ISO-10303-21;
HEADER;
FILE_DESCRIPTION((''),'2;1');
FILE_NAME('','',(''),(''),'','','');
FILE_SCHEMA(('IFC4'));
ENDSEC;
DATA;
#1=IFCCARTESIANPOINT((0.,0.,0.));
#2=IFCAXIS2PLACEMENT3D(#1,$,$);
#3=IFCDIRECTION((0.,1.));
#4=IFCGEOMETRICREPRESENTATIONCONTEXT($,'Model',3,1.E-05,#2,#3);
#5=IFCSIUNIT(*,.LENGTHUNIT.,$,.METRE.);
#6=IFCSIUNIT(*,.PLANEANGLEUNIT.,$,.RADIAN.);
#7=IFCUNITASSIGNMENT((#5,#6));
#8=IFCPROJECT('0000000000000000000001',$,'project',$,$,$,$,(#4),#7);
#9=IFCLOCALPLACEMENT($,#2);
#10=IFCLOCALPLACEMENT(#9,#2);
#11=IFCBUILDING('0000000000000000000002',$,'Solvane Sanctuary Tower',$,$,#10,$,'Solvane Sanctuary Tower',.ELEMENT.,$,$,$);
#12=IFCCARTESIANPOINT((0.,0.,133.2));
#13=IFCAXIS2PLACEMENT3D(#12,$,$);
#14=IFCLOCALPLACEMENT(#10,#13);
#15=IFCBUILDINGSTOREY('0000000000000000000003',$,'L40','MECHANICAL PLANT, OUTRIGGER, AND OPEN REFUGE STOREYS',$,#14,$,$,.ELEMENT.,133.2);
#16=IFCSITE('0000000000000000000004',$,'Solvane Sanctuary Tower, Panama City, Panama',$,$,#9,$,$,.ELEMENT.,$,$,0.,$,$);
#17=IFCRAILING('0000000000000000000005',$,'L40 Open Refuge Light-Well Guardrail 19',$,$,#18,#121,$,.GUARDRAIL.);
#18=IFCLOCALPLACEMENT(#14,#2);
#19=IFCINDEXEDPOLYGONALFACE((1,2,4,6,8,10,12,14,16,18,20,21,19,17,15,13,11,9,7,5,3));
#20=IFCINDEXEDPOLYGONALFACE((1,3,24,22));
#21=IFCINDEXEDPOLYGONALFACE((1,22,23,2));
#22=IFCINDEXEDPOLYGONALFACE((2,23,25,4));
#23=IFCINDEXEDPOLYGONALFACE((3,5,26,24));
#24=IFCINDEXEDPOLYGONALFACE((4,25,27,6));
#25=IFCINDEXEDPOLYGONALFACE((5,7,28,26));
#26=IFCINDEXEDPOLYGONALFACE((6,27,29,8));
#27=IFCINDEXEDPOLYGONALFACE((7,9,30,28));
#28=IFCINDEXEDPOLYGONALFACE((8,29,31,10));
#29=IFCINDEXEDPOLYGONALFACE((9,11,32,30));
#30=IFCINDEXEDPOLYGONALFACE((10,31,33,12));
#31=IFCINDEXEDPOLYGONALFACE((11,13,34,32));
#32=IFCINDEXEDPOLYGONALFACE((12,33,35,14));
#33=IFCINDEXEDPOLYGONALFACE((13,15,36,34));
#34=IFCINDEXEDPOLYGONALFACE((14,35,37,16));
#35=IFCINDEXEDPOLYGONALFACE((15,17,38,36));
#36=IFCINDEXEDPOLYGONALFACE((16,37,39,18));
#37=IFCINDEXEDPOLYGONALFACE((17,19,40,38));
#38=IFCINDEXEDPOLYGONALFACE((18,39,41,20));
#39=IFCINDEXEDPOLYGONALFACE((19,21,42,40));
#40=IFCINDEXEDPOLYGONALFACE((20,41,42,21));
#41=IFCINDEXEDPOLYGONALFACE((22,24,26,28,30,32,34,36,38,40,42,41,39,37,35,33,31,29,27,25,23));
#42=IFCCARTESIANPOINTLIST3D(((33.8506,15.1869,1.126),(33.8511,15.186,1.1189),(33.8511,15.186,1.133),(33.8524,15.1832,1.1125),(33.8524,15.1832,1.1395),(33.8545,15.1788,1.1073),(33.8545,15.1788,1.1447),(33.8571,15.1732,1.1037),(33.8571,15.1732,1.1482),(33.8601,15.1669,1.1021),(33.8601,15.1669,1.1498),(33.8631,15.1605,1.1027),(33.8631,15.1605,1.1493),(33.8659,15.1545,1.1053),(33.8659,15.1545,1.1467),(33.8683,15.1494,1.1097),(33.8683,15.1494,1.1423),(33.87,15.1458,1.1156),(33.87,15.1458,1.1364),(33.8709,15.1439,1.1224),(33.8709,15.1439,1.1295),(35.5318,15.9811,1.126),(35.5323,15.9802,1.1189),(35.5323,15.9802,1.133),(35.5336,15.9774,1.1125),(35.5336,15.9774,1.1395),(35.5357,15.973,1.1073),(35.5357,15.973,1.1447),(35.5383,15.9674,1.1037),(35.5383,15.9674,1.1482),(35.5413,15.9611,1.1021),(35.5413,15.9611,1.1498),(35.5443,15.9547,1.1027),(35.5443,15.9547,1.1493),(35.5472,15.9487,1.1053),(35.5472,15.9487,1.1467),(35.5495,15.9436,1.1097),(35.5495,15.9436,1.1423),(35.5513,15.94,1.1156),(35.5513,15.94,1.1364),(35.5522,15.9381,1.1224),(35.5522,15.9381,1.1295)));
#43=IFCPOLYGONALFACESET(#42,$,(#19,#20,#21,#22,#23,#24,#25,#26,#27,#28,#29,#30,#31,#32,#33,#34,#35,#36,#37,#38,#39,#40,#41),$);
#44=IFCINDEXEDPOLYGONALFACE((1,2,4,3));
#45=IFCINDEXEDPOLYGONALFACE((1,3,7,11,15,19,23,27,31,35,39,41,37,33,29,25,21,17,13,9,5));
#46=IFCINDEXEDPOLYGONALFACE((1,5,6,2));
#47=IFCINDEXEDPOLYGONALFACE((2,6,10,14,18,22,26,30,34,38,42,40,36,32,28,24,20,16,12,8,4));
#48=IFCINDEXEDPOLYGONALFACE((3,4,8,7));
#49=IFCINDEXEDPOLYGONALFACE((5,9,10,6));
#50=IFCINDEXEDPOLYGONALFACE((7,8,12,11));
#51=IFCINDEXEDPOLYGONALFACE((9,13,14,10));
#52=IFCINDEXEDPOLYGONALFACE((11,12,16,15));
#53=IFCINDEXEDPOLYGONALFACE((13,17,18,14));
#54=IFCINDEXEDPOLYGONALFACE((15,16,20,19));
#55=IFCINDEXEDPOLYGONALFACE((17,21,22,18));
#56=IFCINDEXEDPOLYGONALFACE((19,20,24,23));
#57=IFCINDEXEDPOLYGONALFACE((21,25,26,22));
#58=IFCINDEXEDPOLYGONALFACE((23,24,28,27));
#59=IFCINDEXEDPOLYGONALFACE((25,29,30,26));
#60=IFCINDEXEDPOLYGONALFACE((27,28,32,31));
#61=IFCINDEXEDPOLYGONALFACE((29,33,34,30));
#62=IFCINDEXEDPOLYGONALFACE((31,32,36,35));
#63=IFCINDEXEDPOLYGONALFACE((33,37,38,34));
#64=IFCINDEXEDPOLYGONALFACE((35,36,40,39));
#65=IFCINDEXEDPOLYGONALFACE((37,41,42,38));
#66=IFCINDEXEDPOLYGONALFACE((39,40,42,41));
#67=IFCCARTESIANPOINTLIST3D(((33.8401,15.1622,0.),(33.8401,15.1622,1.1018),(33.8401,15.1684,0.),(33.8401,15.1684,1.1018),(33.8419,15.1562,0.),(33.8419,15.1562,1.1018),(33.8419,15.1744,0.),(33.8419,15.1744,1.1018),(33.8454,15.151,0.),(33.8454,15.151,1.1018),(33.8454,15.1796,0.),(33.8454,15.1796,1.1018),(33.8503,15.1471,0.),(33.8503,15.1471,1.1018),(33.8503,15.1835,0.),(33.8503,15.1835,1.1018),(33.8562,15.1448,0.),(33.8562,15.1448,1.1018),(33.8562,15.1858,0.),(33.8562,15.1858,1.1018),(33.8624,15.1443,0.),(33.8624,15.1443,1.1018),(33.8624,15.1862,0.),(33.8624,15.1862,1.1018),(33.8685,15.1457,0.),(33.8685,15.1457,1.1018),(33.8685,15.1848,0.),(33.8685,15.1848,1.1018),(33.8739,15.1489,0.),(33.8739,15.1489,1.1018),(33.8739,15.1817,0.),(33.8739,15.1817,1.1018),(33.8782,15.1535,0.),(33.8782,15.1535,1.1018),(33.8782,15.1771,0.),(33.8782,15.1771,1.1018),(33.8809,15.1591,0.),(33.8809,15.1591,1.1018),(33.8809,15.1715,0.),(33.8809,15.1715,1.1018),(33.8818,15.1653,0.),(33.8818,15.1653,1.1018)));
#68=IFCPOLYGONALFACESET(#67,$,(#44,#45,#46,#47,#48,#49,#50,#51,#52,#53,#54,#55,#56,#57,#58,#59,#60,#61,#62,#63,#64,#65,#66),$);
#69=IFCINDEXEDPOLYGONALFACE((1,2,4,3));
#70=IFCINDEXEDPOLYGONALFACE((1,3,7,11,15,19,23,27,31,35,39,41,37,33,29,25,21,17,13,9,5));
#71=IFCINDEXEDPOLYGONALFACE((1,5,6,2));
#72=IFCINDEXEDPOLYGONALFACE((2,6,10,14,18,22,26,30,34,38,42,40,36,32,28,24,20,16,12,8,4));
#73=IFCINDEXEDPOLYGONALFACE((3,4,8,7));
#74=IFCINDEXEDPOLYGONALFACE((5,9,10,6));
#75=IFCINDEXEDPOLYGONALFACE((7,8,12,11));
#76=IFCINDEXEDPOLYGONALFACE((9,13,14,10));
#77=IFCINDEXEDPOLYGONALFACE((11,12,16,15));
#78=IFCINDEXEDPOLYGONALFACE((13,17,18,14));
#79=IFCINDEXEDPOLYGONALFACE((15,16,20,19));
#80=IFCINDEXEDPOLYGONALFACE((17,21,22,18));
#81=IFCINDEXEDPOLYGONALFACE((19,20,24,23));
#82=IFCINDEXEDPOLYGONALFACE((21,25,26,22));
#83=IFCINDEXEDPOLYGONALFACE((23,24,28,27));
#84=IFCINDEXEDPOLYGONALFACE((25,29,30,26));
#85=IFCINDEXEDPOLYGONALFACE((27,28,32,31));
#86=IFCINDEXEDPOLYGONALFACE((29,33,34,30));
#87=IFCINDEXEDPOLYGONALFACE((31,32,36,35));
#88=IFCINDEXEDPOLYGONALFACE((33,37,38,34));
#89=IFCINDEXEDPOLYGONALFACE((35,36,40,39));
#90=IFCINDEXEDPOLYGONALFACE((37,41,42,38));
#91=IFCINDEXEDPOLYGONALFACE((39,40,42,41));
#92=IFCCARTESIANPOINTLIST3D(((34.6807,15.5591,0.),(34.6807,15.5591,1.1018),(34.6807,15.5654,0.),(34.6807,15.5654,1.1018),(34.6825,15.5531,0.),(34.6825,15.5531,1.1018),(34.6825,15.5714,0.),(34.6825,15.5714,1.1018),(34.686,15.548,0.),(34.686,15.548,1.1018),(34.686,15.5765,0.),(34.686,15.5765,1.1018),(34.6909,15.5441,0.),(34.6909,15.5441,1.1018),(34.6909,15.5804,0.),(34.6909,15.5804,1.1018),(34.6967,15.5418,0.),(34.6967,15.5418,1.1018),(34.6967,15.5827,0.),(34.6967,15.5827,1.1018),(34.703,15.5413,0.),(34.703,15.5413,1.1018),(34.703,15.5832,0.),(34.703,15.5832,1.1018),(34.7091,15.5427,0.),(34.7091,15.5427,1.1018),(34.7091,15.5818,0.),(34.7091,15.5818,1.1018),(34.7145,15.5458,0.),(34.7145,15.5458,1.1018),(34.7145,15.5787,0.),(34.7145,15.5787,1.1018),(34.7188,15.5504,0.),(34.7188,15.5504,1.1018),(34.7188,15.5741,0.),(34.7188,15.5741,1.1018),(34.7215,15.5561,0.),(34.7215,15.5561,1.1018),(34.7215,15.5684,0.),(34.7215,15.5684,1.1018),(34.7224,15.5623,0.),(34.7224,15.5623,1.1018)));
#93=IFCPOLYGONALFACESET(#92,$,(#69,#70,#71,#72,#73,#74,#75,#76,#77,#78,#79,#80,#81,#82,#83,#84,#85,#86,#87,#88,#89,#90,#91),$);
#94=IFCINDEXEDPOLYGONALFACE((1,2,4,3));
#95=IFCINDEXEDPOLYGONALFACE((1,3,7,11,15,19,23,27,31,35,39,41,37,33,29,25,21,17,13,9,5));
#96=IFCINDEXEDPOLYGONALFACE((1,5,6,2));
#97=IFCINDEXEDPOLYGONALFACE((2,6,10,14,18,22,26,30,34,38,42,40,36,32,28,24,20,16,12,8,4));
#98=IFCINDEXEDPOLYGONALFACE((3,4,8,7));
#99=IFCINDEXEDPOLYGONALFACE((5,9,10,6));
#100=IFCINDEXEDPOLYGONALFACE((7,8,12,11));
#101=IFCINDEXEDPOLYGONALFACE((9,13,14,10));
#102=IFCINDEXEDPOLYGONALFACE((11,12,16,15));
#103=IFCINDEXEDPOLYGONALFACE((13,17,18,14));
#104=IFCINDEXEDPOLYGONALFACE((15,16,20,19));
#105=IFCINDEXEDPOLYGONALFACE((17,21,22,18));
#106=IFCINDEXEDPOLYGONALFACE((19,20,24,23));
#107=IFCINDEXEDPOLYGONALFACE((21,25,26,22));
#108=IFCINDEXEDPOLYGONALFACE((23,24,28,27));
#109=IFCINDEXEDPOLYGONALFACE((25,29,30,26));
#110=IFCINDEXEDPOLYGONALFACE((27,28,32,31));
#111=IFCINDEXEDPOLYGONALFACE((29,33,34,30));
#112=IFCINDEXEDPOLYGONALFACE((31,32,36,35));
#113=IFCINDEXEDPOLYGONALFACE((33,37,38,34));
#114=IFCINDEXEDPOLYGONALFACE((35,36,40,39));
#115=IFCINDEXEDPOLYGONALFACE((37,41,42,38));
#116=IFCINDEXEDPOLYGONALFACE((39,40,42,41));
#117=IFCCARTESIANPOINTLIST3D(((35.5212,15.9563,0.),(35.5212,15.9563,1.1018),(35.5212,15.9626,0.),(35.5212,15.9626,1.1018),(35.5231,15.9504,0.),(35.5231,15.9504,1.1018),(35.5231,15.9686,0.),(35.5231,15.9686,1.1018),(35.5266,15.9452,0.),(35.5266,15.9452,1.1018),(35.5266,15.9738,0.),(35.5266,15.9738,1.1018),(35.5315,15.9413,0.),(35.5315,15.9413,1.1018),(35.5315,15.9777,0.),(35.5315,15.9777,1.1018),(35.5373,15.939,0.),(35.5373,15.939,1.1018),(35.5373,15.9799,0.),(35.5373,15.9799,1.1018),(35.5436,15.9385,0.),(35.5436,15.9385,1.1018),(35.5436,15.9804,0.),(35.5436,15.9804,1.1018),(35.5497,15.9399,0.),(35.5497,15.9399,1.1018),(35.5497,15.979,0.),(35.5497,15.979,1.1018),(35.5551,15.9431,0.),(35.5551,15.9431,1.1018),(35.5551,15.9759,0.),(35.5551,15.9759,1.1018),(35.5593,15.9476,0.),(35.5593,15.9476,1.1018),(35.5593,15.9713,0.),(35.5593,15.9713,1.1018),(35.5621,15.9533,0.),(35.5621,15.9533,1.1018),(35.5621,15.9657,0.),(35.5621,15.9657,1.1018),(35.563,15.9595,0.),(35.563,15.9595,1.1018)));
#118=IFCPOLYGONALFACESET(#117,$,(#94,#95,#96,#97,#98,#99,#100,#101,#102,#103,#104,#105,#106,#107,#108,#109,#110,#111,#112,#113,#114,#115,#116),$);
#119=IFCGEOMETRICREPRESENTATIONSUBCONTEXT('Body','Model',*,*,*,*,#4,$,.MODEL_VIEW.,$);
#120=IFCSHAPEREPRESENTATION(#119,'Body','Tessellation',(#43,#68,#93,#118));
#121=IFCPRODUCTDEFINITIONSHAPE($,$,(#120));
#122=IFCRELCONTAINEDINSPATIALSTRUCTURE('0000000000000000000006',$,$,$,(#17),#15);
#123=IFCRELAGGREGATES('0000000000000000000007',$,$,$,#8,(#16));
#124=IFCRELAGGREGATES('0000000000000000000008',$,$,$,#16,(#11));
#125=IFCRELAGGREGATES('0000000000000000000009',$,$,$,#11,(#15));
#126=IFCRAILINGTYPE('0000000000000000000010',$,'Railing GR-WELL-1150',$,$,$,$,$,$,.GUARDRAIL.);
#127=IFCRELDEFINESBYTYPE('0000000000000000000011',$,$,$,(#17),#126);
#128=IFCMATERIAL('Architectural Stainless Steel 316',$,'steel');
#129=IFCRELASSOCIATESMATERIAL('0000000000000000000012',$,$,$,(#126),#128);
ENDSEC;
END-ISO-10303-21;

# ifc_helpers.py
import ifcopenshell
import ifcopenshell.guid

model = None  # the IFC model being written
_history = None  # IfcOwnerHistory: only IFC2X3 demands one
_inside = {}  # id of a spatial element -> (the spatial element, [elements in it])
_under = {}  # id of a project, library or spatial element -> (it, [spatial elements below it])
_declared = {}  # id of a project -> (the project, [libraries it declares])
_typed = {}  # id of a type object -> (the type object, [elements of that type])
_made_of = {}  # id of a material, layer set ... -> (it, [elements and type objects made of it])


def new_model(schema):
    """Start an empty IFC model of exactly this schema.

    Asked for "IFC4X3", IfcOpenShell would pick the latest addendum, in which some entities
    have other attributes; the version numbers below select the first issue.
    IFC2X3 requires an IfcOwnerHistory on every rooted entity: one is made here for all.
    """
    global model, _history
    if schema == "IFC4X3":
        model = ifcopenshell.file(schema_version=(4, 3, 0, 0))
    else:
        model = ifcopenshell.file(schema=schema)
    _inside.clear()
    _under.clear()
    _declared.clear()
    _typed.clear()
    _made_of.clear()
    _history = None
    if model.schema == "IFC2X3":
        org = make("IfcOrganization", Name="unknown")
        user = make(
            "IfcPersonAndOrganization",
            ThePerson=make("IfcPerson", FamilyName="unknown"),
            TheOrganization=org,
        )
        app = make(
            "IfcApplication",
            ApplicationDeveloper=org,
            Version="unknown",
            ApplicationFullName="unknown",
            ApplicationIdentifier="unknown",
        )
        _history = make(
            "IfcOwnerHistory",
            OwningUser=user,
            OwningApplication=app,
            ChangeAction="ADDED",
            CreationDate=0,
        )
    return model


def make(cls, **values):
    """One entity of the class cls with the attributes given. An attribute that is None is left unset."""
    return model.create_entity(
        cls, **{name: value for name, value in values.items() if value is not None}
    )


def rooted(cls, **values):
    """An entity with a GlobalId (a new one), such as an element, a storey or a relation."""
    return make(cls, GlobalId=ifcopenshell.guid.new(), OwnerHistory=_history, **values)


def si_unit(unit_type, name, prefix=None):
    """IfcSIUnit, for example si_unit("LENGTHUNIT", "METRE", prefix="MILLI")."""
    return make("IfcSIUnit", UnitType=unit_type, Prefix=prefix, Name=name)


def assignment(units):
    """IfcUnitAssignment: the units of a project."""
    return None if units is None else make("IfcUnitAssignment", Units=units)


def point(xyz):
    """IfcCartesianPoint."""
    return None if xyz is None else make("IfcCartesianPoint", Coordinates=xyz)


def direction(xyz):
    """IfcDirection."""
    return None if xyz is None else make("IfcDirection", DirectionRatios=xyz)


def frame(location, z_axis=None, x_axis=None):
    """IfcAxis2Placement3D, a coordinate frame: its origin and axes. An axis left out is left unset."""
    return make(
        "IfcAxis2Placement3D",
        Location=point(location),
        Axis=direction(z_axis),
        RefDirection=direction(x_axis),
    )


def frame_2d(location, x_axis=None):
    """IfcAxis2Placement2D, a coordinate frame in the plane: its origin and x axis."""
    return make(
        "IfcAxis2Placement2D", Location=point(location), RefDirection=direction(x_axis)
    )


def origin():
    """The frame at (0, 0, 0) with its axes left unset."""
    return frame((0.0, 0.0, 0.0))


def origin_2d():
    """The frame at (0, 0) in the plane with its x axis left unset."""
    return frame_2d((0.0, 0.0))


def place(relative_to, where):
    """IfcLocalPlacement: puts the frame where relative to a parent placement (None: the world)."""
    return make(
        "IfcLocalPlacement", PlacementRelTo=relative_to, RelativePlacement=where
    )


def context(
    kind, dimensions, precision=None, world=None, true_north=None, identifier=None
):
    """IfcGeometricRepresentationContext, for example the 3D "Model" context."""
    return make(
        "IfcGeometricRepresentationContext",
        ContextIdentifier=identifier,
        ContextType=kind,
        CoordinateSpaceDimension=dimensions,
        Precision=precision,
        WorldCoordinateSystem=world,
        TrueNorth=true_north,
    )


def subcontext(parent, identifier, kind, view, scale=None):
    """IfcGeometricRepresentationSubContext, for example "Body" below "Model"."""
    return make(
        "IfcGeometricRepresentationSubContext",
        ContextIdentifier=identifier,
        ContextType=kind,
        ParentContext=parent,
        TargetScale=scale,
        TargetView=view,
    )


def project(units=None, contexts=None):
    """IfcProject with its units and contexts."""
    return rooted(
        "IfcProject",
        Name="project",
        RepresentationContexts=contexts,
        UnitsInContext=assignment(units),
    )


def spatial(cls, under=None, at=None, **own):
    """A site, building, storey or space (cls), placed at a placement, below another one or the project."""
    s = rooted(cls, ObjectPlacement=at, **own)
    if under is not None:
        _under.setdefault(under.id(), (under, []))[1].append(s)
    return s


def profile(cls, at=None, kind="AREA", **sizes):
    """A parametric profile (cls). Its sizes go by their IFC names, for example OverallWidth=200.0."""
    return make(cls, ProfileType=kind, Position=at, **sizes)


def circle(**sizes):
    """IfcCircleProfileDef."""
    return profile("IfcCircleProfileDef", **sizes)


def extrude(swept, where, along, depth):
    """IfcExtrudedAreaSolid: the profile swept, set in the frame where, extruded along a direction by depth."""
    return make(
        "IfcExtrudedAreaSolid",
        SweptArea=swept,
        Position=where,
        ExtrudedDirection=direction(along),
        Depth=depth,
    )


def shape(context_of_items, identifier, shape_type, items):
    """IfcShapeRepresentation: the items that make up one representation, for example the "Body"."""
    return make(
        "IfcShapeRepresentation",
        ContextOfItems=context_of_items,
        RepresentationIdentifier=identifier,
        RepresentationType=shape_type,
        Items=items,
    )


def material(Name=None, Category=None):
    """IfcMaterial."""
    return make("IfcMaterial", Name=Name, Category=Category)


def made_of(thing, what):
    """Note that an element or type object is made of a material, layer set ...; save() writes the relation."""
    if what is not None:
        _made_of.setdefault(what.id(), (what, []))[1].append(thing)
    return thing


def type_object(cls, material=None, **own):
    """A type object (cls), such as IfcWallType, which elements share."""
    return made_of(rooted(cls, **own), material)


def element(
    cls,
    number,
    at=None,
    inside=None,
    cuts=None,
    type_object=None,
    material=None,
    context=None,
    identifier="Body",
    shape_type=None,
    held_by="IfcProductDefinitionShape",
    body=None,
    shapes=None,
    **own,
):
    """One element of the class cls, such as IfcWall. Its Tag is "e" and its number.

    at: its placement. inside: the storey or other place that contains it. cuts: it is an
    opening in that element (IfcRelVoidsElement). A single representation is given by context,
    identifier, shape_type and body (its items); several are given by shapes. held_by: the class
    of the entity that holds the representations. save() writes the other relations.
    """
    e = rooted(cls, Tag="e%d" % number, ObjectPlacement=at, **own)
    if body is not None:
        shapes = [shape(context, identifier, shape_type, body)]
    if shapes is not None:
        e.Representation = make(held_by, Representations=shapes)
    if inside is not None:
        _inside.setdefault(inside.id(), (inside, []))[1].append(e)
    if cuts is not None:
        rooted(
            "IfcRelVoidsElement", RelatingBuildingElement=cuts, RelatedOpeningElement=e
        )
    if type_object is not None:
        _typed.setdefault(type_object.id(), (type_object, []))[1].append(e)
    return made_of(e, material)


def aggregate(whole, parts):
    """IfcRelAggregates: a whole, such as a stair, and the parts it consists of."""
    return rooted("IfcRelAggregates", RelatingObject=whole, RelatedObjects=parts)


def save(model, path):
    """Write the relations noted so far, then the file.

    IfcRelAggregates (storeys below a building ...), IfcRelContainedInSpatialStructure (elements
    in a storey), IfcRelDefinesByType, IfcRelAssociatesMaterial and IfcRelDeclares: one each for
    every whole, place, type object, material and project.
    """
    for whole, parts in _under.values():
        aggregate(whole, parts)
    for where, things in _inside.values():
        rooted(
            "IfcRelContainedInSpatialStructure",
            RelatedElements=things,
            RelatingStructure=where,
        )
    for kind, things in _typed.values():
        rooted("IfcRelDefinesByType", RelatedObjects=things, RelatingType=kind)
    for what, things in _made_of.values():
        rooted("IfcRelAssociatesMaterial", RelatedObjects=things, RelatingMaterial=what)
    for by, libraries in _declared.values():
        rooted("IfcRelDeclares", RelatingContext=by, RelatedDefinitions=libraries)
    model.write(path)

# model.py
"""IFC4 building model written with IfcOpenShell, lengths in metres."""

from ifc_helpers import new_model, si_unit, direction, frame, origin, origin_2d, place, context, subcontext, project, spatial, circle, extrude, material, type_object, element, save


model = new_model("IFC4")

# Units and contexts
model_context = context("Model", 3, precision=1e-05, world=origin(), true_north=direction((0.0, 1.0)))
body_context = subcontext(model_context, "Body", "Model", "MODEL_VIEW")
ifc_project = project(units=[si_unit("LENGTHUNIT", "METRE"), si_unit("PLANEANGLEUNIT", "RADIAN")], contexts=[model_context])

# Site, building, storey
site_placement = place(None, origin())
site = spatial("IfcSite", under=ifc_project, at=site_placement, Name="Solvane Sanctuary Tower, Panama City, Panama", CompositionType="ELEMENT", RefElevation=0.0)
building_placement = place(site_placement, origin())
building = spatial("IfcBuilding", under=site, at=building_placement, Name="Solvane Sanctuary Tower", LongName="Solvane Sanctuary Tower", CompositionType="ELEMENT")
storey_placement = place(building_placement, frame((0.0, 0.0, 133.2)))
storey = spatial("IfcBuildingStorey", under=building, at=storey_placement, Name="L40", Description="MECHANICAL PLANT, OUTRIGGER, AND OPEN REFUGE STOREYS", CompositionType="ELEMENT", Elevation=133.2)

# Shared definitions
ifc_material_1 = material(Name="Architectural Stainless Steel 316", Category="steel")

# Railing
railing_type_1 = type_object("IfcRailingType", Name="Railing GR-WELL-1150", PredefinedType="GUARDRAIL", material=ifc_material_1)
railing_1_placement = place(storey_placement, frame((33.8608, 15.1653, 0.0)))
element("IfcRailing", 1, at=railing_1_placement, inside=storey, type_object=railing_type_1, Name="L40 Open Refuge Light-Well Guardrail 19", PredefinedType="GUARDRAIL", context=body_context, shape_type="SweptSolid", body=[
    extrude(circle(Radius=0.0239, at=origin_2d()), frame((0.0, 0.0, 1.126), z_axis=(0.904184, 0.427143, 0.0), x_axis=(-0.427143, 0.904184, 0.0)), (0.0, 0.0, 1.0), 1.8594),
    extrude(circle(Radius=0.021, at=origin_2d()), origin(), (0.0, 0.0, 1.0), 1.1018),
    extrude(circle(Radius=0.021, at=origin_2d()), frame((0.8406, 0.397, 0.0)), (0.0, 0.0, 1.0), 1.1018),
    extrude(circle(Radius=0.021, at=origin_2d()), frame((1.6812, 0.7942, 0.0)), (0.0, 0.0, 1.0), 1.1018),
])

save(model, "model.ifc")
